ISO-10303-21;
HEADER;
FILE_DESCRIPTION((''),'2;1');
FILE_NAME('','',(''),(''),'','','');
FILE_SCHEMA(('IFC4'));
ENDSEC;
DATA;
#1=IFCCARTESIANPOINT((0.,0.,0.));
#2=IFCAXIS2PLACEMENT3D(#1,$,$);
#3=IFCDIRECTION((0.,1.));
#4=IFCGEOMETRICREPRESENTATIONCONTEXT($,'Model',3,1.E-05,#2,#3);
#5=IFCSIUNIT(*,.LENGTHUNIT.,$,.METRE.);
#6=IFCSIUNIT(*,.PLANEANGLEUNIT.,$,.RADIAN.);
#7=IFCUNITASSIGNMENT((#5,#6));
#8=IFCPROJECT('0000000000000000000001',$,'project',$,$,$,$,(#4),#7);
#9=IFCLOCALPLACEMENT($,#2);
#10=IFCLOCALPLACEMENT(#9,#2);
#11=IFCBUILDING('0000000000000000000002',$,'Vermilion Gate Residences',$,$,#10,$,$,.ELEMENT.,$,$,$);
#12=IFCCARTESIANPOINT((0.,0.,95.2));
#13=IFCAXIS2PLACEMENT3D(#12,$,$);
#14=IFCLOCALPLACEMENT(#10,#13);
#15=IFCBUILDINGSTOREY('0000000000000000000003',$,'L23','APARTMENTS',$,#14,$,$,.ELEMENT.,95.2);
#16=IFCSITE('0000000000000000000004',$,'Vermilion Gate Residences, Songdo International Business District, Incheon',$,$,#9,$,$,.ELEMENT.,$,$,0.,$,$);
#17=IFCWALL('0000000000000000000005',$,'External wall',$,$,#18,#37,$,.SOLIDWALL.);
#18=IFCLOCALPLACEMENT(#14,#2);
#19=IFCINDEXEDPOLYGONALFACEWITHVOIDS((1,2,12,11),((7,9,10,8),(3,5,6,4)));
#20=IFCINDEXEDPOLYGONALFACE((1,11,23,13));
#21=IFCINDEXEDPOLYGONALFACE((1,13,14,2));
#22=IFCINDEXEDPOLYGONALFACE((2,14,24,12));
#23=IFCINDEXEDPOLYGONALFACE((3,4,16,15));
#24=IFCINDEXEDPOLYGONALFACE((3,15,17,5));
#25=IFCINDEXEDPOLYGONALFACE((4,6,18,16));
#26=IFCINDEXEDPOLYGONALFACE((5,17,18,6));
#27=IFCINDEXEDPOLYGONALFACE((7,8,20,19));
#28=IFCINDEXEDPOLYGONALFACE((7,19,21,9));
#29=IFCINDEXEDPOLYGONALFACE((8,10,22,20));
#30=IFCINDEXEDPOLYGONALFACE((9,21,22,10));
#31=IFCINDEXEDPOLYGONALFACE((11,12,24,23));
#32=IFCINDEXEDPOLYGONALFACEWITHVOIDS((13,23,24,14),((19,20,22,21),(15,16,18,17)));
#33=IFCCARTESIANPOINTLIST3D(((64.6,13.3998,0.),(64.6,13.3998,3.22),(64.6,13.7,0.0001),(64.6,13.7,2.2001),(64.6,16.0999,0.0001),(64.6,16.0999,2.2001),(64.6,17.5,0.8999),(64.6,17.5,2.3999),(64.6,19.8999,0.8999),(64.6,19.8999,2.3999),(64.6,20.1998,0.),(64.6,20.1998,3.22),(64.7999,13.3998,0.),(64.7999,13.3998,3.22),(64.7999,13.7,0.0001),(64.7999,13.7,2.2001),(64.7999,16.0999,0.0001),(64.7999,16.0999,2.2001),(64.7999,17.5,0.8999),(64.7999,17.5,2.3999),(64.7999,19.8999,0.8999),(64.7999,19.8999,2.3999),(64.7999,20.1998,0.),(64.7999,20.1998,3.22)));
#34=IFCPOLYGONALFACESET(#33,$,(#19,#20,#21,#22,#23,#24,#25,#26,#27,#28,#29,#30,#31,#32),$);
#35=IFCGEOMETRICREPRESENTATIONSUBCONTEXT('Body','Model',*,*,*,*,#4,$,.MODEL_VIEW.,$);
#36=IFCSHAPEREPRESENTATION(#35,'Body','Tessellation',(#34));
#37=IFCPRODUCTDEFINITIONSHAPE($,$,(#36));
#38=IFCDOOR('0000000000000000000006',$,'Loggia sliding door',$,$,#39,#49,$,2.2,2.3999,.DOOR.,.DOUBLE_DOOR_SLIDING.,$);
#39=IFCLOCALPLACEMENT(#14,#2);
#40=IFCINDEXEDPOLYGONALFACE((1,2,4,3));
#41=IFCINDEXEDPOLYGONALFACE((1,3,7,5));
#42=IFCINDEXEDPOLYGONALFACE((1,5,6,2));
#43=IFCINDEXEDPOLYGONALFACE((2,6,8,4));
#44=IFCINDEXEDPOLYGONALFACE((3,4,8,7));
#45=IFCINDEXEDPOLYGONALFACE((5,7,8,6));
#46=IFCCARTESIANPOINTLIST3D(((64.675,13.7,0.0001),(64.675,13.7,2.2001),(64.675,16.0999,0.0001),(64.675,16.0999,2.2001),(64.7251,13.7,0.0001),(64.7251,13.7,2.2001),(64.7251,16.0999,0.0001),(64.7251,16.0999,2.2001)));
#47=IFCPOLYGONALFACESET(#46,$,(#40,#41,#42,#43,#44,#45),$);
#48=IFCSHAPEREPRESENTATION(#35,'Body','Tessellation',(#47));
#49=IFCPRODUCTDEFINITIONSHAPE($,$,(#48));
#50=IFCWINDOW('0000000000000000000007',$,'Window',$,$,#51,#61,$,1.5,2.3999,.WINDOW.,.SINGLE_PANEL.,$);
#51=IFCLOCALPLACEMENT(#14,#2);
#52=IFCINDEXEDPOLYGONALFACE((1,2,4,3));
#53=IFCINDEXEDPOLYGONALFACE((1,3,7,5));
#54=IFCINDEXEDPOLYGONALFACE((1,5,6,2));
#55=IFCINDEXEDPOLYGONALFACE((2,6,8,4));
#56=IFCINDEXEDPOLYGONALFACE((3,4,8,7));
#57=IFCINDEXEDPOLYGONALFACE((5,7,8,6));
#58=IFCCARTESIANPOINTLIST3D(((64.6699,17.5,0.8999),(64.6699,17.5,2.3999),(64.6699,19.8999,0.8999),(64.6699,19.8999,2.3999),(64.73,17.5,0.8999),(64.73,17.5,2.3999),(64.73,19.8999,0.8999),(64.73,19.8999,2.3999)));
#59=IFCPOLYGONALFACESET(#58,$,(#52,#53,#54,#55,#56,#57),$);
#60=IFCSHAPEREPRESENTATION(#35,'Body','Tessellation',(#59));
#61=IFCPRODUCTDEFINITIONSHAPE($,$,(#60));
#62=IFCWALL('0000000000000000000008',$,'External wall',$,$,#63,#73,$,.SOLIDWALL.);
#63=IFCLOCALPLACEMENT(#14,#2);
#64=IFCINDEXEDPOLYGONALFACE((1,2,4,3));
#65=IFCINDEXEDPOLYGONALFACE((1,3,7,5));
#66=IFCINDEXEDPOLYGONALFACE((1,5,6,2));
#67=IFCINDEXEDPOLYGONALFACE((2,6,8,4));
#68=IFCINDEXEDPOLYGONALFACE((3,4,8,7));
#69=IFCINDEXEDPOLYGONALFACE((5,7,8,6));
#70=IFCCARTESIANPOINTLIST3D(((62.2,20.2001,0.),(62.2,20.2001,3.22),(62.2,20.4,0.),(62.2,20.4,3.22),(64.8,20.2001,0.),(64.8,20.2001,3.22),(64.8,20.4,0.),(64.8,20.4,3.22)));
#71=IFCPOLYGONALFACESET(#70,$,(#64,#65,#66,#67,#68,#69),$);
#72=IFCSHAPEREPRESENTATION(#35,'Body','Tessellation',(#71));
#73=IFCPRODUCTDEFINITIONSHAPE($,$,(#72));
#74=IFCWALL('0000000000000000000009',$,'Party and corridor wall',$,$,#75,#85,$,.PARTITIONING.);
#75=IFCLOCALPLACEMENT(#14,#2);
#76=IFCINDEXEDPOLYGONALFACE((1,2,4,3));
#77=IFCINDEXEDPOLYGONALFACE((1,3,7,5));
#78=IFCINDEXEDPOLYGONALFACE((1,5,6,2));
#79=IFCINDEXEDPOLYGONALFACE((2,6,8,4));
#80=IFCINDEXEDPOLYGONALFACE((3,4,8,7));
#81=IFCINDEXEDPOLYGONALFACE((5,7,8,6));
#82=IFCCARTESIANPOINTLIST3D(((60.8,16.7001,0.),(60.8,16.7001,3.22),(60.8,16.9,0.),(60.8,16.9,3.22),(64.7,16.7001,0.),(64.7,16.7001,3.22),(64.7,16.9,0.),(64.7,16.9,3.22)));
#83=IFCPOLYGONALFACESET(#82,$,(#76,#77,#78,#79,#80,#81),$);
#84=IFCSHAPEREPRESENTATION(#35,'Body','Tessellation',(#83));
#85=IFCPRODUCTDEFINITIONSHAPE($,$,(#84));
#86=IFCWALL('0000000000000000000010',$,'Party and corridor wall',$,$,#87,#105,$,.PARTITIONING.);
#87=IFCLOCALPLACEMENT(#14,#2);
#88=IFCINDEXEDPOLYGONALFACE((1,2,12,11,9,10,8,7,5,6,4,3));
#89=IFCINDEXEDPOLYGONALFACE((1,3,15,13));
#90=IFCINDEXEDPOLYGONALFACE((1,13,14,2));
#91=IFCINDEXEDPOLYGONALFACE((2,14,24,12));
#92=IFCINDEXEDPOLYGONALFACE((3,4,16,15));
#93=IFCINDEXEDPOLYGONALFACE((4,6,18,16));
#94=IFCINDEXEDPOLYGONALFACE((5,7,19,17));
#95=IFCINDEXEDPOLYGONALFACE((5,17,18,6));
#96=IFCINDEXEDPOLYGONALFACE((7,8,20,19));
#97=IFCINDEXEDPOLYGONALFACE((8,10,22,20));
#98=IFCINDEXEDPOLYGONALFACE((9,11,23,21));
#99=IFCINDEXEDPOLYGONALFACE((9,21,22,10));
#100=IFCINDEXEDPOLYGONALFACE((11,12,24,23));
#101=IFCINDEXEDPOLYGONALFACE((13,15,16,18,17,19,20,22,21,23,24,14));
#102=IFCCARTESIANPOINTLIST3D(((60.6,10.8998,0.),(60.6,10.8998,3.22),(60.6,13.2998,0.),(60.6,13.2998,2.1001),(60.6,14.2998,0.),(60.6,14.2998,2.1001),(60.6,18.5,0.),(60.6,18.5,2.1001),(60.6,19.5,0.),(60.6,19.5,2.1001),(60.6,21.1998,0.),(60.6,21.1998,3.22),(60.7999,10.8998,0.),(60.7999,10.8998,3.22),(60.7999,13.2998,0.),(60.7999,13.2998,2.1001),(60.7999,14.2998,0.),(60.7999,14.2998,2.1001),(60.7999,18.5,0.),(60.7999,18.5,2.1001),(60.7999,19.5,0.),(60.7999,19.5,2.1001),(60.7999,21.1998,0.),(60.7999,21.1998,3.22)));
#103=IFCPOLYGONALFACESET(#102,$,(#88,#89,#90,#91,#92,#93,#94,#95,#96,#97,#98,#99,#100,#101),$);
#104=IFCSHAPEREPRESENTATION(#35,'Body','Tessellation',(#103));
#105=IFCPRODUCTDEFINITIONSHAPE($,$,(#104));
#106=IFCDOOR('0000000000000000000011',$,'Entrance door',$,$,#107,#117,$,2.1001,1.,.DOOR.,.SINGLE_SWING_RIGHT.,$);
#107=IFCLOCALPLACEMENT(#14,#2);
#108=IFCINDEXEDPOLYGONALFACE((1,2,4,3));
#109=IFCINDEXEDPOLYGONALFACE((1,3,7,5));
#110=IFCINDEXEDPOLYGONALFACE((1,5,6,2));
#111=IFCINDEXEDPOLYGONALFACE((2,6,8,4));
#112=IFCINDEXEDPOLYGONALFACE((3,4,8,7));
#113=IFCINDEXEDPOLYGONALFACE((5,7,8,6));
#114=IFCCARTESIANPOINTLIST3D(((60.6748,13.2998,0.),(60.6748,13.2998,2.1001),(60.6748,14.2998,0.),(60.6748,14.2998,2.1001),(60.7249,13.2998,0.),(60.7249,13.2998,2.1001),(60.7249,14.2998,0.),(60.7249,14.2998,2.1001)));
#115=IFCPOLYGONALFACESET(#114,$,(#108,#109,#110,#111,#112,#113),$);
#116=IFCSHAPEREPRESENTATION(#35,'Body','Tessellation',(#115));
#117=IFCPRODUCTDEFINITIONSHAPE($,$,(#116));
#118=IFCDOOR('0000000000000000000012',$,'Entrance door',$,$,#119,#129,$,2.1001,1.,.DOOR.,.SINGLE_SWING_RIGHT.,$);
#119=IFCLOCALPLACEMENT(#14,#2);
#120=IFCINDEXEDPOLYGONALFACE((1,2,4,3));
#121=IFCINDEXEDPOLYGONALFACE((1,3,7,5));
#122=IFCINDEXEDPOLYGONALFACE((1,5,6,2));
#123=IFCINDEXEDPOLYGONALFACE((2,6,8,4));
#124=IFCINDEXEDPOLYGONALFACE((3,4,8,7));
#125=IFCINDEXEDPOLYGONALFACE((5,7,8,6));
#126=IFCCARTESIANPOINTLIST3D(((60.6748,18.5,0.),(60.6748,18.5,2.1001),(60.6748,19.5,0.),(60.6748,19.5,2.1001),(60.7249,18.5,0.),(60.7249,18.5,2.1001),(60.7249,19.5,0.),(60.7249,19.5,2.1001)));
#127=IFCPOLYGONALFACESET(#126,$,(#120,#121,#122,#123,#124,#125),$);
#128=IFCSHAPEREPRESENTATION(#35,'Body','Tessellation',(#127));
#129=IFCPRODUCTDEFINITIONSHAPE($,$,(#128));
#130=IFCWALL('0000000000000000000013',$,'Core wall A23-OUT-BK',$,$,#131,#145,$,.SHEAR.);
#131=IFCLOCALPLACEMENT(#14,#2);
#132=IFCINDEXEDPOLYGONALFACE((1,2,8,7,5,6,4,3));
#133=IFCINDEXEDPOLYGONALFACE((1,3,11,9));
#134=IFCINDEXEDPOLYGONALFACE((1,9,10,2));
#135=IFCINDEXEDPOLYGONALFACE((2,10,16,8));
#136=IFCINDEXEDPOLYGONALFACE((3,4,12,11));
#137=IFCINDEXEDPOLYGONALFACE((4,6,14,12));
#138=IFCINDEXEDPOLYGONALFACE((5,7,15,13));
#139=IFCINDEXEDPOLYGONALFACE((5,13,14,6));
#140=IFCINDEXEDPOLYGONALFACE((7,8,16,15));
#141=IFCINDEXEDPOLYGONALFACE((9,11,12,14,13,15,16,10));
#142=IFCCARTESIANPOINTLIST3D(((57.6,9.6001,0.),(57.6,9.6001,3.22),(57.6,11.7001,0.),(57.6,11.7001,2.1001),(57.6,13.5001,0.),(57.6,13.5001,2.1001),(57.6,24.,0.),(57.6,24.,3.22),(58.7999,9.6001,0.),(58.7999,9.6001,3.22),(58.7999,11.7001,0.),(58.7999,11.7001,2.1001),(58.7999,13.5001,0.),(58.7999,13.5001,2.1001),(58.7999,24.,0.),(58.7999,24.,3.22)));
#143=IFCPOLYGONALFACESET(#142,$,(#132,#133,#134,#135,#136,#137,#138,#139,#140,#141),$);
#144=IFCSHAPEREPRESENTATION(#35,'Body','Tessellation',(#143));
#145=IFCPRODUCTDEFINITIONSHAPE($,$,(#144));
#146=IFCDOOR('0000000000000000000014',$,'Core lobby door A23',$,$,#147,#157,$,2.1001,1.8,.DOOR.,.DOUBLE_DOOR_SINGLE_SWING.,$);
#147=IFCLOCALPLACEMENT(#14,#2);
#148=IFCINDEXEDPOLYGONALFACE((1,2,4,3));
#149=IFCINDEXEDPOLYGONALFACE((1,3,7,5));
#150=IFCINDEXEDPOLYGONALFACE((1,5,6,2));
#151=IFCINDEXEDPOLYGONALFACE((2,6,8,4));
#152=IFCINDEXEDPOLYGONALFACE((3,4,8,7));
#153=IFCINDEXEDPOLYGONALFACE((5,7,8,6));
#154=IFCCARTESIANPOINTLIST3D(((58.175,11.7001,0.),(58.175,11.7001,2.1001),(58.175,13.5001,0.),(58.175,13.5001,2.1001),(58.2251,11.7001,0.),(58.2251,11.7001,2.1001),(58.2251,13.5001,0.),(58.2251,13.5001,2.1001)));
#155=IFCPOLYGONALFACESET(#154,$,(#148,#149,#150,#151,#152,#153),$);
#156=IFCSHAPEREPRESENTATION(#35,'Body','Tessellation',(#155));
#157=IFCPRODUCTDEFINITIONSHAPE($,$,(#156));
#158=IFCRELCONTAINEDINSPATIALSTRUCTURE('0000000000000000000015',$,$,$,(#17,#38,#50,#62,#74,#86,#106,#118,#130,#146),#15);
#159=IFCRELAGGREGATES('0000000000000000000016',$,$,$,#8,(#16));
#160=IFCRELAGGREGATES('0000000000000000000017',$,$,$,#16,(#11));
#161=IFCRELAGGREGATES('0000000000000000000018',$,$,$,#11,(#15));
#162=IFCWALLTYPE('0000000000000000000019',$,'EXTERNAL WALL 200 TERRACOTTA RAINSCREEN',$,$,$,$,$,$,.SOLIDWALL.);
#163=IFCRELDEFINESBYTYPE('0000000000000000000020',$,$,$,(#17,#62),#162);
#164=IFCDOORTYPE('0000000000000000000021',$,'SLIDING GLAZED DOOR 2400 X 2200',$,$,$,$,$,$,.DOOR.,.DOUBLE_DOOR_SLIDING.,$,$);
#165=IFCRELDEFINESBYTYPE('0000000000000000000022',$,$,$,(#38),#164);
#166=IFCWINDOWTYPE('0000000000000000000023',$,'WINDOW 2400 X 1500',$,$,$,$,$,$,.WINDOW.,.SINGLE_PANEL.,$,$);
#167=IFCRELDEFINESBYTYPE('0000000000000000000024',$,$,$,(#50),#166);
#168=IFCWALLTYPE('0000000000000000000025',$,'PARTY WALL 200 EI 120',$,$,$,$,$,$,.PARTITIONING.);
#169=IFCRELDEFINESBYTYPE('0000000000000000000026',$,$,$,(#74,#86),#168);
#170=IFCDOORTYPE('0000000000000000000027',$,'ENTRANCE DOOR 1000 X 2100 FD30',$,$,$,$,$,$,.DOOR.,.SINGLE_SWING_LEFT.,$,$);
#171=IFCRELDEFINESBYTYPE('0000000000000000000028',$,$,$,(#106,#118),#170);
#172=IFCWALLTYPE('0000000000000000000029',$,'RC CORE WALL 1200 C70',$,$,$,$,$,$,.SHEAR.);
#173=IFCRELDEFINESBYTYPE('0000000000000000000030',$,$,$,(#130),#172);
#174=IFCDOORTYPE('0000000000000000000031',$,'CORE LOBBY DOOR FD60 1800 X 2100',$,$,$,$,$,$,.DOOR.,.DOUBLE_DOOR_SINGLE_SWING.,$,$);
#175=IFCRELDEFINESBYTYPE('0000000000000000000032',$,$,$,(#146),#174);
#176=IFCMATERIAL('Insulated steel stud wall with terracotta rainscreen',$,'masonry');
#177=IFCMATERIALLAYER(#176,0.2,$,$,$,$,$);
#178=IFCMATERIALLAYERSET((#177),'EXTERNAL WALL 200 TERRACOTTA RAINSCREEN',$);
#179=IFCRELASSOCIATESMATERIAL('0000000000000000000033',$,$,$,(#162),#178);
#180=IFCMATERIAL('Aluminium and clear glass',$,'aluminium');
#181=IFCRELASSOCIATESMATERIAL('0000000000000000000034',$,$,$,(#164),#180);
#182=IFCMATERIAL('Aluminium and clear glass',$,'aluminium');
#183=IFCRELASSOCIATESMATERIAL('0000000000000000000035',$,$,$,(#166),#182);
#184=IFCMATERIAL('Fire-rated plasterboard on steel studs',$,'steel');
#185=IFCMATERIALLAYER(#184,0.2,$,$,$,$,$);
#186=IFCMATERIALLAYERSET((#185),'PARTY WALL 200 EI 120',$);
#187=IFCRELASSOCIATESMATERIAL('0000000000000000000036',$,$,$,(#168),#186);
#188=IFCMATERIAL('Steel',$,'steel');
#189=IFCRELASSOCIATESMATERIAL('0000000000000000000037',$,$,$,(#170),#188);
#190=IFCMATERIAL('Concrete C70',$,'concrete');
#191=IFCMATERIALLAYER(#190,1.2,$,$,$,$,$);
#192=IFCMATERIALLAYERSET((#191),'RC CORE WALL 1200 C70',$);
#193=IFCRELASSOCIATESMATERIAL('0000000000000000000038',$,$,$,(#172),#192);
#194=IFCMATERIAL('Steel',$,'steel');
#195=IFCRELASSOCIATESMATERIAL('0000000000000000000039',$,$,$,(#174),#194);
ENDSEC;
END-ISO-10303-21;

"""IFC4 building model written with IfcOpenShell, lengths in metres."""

from ifc_helpers import new_model, si_unit, direction, frame, frame_2d, origin, place, context, subcontext, project, spatial, rectangle, extrude, material, layer, layer_set, type_object, element, fill, save


model = new_model("IFC4")

# Units and contexts
model_context = context("Model", 3, precision=1e-05, world=origin(), true_north=direction((0.0, 1.0)))
body_context = subcontext(model_context, "Body", "Model", "MODEL_VIEW")
ifc_project = project(units=[si_unit("LENGTHUNIT", "METRE"), si_unit("PLANEANGLEUNIT", "RADIAN")], contexts=[model_context])

# Site, building, storey
site_placement = place(None, origin())
site = spatial("IfcSite", under=ifc_project, at=site_placement, Name="Vermilion Gate Residences, Songdo International Business District, Incheon", CompositionType="ELEMENT", RefElevation=0.0)
building_placement = place(site_placement, origin())
building = spatial("IfcBuilding", under=site, at=building_placement, Name="Vermilion Gate Residences", CompositionType="ELEMENT")
storey_placement = place(building_placement, frame((0.0, 0.0, 95.2)))
storey = spatial("IfcBuildingStorey", under=building, at=storey_placement, Name="L23", Description="APARTMENTS", CompositionType="ELEMENT", Elevation=95.2)

# Shared definitions
ifc_material_1 = material(Name="Insulated steel stud wall with terracotta rainscreen", Category="masonry")
ifc_layer_1 = layer(ifc_material_1, 0.2)
ifc_layer_set_1 = layer_set([ifc_layer_1], Name="EXTERNAL WALL 200 TERRACOTTA RAINSCREEN")
wall_type_1 = type_object("IfcWallType", Name="EXTERNAL WALL 200 TERRACOTTA RAINSCREEN", PredefinedType="SOLIDWALL", material=ifc_layer_set_1)

# Wall, openings, door, window
wall_1_placement = place(storey_placement, frame((64.7, 13.3999, 0.0), z_axis=(0.0, 0.0, 1.0), x_axis=(0.0, 1.0, 0.0)))
wall_1 = element("IfcWall", 1, at=wall_1_placement, inside=storey, type_object=wall_type_1, Name="External wall", PredefinedType="SOLIDWALL", context=body_context, shape_type="SweptSolid", body=[
    extrude(rectangle(XDim=6.8, YDim=0.2, at=frame_2d((3.3999, 0.0))), origin(), (0.0, 0.0, 1.0), 3.22),
])
opening_1_placement = place(wall_1_placement, frame((4.1001, 0.0, 0.8999)))
opening_1 = element("IfcOpeningElement", 2, at=opening_1_placement, cuts=wall_1, PredefinedType="OPENING", context=body_context, shape_type="SweptSolid", body=[
    extrude(rectangle(XDim=2.3999, YDim=1.5, at=frame_2d((1.2, 0.75))), frame((0.0, 0.1099, 0.0), z_axis=(0.0, -1.0, 0.0), x_axis=(1.0, 0.0, 0.0)), (0.0, 0.0, 1.0), 0.22),
])
opening_2_placement = place(wall_1_placement, frame((0.3, 0.0, 0.0)))
opening_2 = element("IfcOpeningElement", 3, at=opening_2_placement, cuts=wall_1, PredefinedType="OPENING", context=body_context, shape_type="SweptSolid", body=[
    extrude(rectangle(XDim=2.3999, YDim=2.2, at=frame_2d((1.2, 1.1001))), frame((0.0, 0.1099, 0.0), z_axis=(0.0, -1.0, 0.0), x_axis=(1.0, 0.0, 0.0)), (0.0, 0.0, 1.0), 0.22),
])
ifc_material_2 = material(Name="Aluminium and clear glass", Category="aluminium")
door_type_1 = type_object("IfcDoorType", Name="SLIDING GLAZED DOOR 2400 X 2200", OperationType="DOUBLE_DOOR_SLIDING", PredefinedType="DOOR", material=ifc_material_2)
door_1_placement = place(opening_2_placement, origin())
door_1 = element("IfcDoor", 4, at=door_1_placement, inside=storey, type_object=door_type_1, Name="Loggia sliding door", OperationType="DOUBLE_DOOR_SLIDING", OverallHeight=2.2, OverallWidth=2.3999, PredefinedType="DOOR", context=body_context, shape_type="SweptSolid", body=[
    extrude(rectangle(XDim=2.3999, YDim=2.2, at=frame_2d((1.2, 1.1001))), frame((0.0, 0.0249, 0.0), z_axis=(0.0, -1.0, 0.0), x_axis=(1.0, 0.0, 0.0)), (0.0, 0.0, 1.0), 0.05),
])
fill(opening_2, door_1)
ifc_material_3 = material(Name="Aluminium and clear glass", Category="aluminium")
window_type_1 = type_object("IfcWindowType", Name="WINDOW 2400 X 1500", PartitioningType="SINGLE_PANEL", PredefinedType="WINDOW", material=ifc_material_3)
window_1_placement = place(opening_1_placement, origin())
window_1 = element("IfcWindow", 5, at=window_1_placement, inside=storey, type_object=window_type_1, Name="Window", OverallHeight=1.5, OverallWidth=2.3999, PartitioningType="SINGLE_PANEL", PredefinedType="WINDOW", context=body_context, shape_type="SweptSolid", body=[
    extrude(rectangle(XDim=2.3999, YDim=1.5, at=frame_2d((1.2, 0.75))), frame((0.0, 0.03, 0.0), z_axis=(0.0, -1.0, 0.0), x_axis=(1.0, 0.0, 0.0)), (0.0, 0.0, 1.0), 0.0601),
])
fill(opening_1, window_1)

# Walls
wall_2_placement = place(storey_placement, frame((64.8, 20.3, 0.0), z_axis=(0.0, 0.0, 1.0), x_axis=(-1.0, 0.0, 0.0)))
element("IfcWall", 6, at=wall_2_placement, inside=storey, type_object=wall_type_1, Name="External wall", PredefinedType="SOLIDWALL", context=body_context, shape_type="SweptSolid", body=[
    extrude(rectangle(XDim=2.6001, YDim=0.2, at=frame_2d((1.3, 0.0))), origin(), (0.0, 0.0, 1.0), 3.22),
])
ifc_material_4 = material(Name="Fire-rated plasterboard on steel studs", Category="steel")
ifc_layer_2 = layer(ifc_material_4, 0.2)
ifc_layer_set_2 = layer_set([ifc_layer_2], Name="PARTY WALL 200 EI 120")
wall_type_2 = type_object("IfcWallType", Name="PARTY WALL 200 EI 120", PredefinedType="PARTITIONING", material=ifc_layer_set_2)
wall_3_placement = place(storey_placement, frame((60.8, 16.8, 0.0), z_axis=(0.0, 0.0, 1.0), x_axis=(1.0, 0.0, 0.0)))
element("IfcWall", 7, at=wall_3_placement, inside=storey, type_object=wall_type_2, Name="Party and corridor wall", PredefinedType="PARTITIONING", context=body_context, shape_type="SweptSolid", body=[
    extrude(rectangle(XDim=3.8999, YDim=0.2, at=frame_2d((1.95, 0.0))), origin(), (0.0, 0.0, 1.0), 3.22),
])

# Wall, openings, doors
wall_4_placement = place(storey_placement, frame((60.7, 10.8999, 0.0), z_axis=(0.0, 0.0, 1.0), x_axis=(0.0, 1.0, 0.0)))
wall_4 = element("IfcWall", 8, at=wall_4_placement, inside=storey, type_object=wall_type_2, Name="Party and corridor wall", PredefinedType="PARTITIONING", context=body_context, shape_type="SweptSolid", body=[
    extrude(rectangle(XDim=10.3, YDim=0.2, at=frame_2d((5.1499, 0.0))), origin(), (0.0, 0.0, 1.0), 3.22),
])
opening_3_placement = place(wall_4_placement, frame((2.3999, 0.0, 0.0)))
opening_3 = element("IfcOpeningElement", 9, at=opening_3_placement, cuts=wall_4, PredefinedType="OPENING", context=body_context, shape_type="SweptSolid", body=[
    extrude(rectangle(XDim=1.0, YDim=2.1001, at=frame_2d((0.5, 1.05))), frame((0.0, 0.1099, 0.0), z_axis=(0.0, -1.0, 0.0), x_axis=(1.0, 0.0, 0.0)), (0.0, 0.0, 1.0), 0.22),
])
opening_4_placement = place(wall_4_placement, frame((7.6001, 0.0, 0.0)))
opening_4 = element("IfcOpeningElement", 10, at=opening_4_placement, cuts=wall_4, PredefinedType="OPENING", context=body_context, shape_type="SweptSolid", body=[
    extrude(rectangle(XDim=1.0, YDim=2.1001, at=frame_2d((0.5, 1.05))), frame((0.0, 0.1099, 0.0), z_axis=(0.0, -1.0, 0.0), x_axis=(1.0, 0.0, 0.0)), (0.0, 0.0, 1.0), 0.22),
])
ifc_material_5 = material(Name="Steel", Category="steel")
door_type_2 = type_object("IfcDoorType", Name="ENTRANCE DOOR 1000 X 2100 FD30", OperationType="SINGLE_SWING_LEFT", PredefinedType="DOOR", material=ifc_material_5)
door_2_placement = place(opening_3_placement, frame((1.0, 0.0, 0.0), z_axis=(0.0, 0.0, 1.0), x_axis=(-1.0, 0.0, 0.0)))
door_2 = element("IfcDoor", 11, at=door_2_placement, inside=storey, type_object=door_type_2, Name="Entrance door", OperationType="SINGLE_SWING_RIGHT", OverallHeight=2.1001, OverallWidth=1.0, PredefinedType="DOOR", context=body_context, shape_type="SweptSolid", body=[
    extrude(rectangle(XDim=1.0, YDim=2.1001, at=frame_2d((0.5, 1.05))), frame((0.0, 0.0249, 0.0), z_axis=(0.0, -1.0, 0.0), x_axis=(1.0, 0.0, 0.0)), (0.0, 0.0, 1.0), 0.05),
])
fill(opening_3, door_2)
door_3_placement = place(opening_4_placement, frame((1.0, 0.0, 0.0), z_axis=(0.0, 0.0, 1.0), x_axis=(-1.0, 0.0, 0.0)))
door_3 = element("IfcDoor", 12, at=door_3_placement, inside=storey, type_object=door_type_2, Name="Entrance door", OperationType="SINGLE_SWING_RIGHT", OverallHeight=2.1001, OverallWidth=1.0, PredefinedType="DOOR", context=body_context, shape_type="SweptSolid", body=[
    extrude(rectangle(XDim=1.0, YDim=2.1001, at=frame_2d((0.5, 1.05))), frame((0.0, 0.0249, 0.0), z_axis=(0.0, -1.0, 0.0), x_axis=(1.0, 0.0, 0.0)), (0.0, 0.0, 1.0), 0.05),
])
fill(opening_4, door_3)

# Wall, opening, door
ifc_material_6 = material(Name="Concrete C70", Category="concrete")
ifc_layer_3 = layer(ifc_material_6, 1.2)
ifc_layer_set_3 = layer_set([ifc_layer_3], Name="RC CORE WALL 1200 C70")
wall_type_3 = type_object("IfcWallType", Name="RC CORE WALL 1200 C70", PredefinedType="SHEAR", material=ifc_layer_set_3)
wall_5_placement = place(storey_placement, frame((58.2, 9.6001, 0.0), z_axis=(0.0, 0.0, 1.0), x_axis=(0.0, 1.0, 0.0)))
wall_5 = element("IfcWall", 13, at=wall_5_placement, inside=storey, type_object=wall_type_3, Name="Core wall A23-OUT-BK", PredefinedType="SHEAR", context=body_context, shape_type="SweptSolid", body=[
    extrude(rectangle(XDim=14.3999, YDim=1.2, at=frame_2d((7.2, 0.0))), origin(), (0.0, 0.0, 1.0), 3.22),
])
opening_5_placement = place(wall_5_placement, frame((2.1001, 0.0, 0.0)))
opening_5 = element("IfcOpeningElement", 14, at=opening_5_placement, cuts=wall_5, PredefinedType="OPENING", context=body_context, shape_type="SweptSolid", body=[
    extrude(rectangle(XDim=1.8, YDim=2.1001, at=frame_2d((0.8999, 1.05))), frame((0.0, 0.6099, 0.0), z_axis=(0.0, -1.0, 0.0), x_axis=(1.0, 0.0, 0.0)), (0.0, 0.0, 1.0), 1.22),
])
ifc_material_7 = material(Name="Steel", Category="steel")
door_type_3 = type_object("IfcDoorType", Name="CORE LOBBY DOOR FD60 1800 X 2100", OperationType="DOUBLE_DOOR_SINGLE_SWING", PredefinedType="DOOR", material=ifc_material_7)
door_4_placement = place(opening_5_placement, origin())
door_4 = element("IfcDoor", 15, at=door_4_placement, inside=storey, type_object=door_type_3, Name="Core lobby door A23", OperationType="DOUBLE_DOOR_SINGLE_SWING", OverallHeight=2.1001, OverallWidth=1.8, PredefinedType="DOOR", context=body_context, shape_type="SweptSolid", body=[
    extrude(rectangle(XDim=1.8, YDim=2.1001, at=frame_2d((0.8999, 1.05))), frame((0.0, 0.0249, 0.0), z_axis=(0.0, -1.0, 0.0), x_axis=(1.0, 0.0, 0.0)), (0.0, 0.0, 1.0), 0.05),
])
fill(opening_5, door_4)

save(model, "model.ifc")
